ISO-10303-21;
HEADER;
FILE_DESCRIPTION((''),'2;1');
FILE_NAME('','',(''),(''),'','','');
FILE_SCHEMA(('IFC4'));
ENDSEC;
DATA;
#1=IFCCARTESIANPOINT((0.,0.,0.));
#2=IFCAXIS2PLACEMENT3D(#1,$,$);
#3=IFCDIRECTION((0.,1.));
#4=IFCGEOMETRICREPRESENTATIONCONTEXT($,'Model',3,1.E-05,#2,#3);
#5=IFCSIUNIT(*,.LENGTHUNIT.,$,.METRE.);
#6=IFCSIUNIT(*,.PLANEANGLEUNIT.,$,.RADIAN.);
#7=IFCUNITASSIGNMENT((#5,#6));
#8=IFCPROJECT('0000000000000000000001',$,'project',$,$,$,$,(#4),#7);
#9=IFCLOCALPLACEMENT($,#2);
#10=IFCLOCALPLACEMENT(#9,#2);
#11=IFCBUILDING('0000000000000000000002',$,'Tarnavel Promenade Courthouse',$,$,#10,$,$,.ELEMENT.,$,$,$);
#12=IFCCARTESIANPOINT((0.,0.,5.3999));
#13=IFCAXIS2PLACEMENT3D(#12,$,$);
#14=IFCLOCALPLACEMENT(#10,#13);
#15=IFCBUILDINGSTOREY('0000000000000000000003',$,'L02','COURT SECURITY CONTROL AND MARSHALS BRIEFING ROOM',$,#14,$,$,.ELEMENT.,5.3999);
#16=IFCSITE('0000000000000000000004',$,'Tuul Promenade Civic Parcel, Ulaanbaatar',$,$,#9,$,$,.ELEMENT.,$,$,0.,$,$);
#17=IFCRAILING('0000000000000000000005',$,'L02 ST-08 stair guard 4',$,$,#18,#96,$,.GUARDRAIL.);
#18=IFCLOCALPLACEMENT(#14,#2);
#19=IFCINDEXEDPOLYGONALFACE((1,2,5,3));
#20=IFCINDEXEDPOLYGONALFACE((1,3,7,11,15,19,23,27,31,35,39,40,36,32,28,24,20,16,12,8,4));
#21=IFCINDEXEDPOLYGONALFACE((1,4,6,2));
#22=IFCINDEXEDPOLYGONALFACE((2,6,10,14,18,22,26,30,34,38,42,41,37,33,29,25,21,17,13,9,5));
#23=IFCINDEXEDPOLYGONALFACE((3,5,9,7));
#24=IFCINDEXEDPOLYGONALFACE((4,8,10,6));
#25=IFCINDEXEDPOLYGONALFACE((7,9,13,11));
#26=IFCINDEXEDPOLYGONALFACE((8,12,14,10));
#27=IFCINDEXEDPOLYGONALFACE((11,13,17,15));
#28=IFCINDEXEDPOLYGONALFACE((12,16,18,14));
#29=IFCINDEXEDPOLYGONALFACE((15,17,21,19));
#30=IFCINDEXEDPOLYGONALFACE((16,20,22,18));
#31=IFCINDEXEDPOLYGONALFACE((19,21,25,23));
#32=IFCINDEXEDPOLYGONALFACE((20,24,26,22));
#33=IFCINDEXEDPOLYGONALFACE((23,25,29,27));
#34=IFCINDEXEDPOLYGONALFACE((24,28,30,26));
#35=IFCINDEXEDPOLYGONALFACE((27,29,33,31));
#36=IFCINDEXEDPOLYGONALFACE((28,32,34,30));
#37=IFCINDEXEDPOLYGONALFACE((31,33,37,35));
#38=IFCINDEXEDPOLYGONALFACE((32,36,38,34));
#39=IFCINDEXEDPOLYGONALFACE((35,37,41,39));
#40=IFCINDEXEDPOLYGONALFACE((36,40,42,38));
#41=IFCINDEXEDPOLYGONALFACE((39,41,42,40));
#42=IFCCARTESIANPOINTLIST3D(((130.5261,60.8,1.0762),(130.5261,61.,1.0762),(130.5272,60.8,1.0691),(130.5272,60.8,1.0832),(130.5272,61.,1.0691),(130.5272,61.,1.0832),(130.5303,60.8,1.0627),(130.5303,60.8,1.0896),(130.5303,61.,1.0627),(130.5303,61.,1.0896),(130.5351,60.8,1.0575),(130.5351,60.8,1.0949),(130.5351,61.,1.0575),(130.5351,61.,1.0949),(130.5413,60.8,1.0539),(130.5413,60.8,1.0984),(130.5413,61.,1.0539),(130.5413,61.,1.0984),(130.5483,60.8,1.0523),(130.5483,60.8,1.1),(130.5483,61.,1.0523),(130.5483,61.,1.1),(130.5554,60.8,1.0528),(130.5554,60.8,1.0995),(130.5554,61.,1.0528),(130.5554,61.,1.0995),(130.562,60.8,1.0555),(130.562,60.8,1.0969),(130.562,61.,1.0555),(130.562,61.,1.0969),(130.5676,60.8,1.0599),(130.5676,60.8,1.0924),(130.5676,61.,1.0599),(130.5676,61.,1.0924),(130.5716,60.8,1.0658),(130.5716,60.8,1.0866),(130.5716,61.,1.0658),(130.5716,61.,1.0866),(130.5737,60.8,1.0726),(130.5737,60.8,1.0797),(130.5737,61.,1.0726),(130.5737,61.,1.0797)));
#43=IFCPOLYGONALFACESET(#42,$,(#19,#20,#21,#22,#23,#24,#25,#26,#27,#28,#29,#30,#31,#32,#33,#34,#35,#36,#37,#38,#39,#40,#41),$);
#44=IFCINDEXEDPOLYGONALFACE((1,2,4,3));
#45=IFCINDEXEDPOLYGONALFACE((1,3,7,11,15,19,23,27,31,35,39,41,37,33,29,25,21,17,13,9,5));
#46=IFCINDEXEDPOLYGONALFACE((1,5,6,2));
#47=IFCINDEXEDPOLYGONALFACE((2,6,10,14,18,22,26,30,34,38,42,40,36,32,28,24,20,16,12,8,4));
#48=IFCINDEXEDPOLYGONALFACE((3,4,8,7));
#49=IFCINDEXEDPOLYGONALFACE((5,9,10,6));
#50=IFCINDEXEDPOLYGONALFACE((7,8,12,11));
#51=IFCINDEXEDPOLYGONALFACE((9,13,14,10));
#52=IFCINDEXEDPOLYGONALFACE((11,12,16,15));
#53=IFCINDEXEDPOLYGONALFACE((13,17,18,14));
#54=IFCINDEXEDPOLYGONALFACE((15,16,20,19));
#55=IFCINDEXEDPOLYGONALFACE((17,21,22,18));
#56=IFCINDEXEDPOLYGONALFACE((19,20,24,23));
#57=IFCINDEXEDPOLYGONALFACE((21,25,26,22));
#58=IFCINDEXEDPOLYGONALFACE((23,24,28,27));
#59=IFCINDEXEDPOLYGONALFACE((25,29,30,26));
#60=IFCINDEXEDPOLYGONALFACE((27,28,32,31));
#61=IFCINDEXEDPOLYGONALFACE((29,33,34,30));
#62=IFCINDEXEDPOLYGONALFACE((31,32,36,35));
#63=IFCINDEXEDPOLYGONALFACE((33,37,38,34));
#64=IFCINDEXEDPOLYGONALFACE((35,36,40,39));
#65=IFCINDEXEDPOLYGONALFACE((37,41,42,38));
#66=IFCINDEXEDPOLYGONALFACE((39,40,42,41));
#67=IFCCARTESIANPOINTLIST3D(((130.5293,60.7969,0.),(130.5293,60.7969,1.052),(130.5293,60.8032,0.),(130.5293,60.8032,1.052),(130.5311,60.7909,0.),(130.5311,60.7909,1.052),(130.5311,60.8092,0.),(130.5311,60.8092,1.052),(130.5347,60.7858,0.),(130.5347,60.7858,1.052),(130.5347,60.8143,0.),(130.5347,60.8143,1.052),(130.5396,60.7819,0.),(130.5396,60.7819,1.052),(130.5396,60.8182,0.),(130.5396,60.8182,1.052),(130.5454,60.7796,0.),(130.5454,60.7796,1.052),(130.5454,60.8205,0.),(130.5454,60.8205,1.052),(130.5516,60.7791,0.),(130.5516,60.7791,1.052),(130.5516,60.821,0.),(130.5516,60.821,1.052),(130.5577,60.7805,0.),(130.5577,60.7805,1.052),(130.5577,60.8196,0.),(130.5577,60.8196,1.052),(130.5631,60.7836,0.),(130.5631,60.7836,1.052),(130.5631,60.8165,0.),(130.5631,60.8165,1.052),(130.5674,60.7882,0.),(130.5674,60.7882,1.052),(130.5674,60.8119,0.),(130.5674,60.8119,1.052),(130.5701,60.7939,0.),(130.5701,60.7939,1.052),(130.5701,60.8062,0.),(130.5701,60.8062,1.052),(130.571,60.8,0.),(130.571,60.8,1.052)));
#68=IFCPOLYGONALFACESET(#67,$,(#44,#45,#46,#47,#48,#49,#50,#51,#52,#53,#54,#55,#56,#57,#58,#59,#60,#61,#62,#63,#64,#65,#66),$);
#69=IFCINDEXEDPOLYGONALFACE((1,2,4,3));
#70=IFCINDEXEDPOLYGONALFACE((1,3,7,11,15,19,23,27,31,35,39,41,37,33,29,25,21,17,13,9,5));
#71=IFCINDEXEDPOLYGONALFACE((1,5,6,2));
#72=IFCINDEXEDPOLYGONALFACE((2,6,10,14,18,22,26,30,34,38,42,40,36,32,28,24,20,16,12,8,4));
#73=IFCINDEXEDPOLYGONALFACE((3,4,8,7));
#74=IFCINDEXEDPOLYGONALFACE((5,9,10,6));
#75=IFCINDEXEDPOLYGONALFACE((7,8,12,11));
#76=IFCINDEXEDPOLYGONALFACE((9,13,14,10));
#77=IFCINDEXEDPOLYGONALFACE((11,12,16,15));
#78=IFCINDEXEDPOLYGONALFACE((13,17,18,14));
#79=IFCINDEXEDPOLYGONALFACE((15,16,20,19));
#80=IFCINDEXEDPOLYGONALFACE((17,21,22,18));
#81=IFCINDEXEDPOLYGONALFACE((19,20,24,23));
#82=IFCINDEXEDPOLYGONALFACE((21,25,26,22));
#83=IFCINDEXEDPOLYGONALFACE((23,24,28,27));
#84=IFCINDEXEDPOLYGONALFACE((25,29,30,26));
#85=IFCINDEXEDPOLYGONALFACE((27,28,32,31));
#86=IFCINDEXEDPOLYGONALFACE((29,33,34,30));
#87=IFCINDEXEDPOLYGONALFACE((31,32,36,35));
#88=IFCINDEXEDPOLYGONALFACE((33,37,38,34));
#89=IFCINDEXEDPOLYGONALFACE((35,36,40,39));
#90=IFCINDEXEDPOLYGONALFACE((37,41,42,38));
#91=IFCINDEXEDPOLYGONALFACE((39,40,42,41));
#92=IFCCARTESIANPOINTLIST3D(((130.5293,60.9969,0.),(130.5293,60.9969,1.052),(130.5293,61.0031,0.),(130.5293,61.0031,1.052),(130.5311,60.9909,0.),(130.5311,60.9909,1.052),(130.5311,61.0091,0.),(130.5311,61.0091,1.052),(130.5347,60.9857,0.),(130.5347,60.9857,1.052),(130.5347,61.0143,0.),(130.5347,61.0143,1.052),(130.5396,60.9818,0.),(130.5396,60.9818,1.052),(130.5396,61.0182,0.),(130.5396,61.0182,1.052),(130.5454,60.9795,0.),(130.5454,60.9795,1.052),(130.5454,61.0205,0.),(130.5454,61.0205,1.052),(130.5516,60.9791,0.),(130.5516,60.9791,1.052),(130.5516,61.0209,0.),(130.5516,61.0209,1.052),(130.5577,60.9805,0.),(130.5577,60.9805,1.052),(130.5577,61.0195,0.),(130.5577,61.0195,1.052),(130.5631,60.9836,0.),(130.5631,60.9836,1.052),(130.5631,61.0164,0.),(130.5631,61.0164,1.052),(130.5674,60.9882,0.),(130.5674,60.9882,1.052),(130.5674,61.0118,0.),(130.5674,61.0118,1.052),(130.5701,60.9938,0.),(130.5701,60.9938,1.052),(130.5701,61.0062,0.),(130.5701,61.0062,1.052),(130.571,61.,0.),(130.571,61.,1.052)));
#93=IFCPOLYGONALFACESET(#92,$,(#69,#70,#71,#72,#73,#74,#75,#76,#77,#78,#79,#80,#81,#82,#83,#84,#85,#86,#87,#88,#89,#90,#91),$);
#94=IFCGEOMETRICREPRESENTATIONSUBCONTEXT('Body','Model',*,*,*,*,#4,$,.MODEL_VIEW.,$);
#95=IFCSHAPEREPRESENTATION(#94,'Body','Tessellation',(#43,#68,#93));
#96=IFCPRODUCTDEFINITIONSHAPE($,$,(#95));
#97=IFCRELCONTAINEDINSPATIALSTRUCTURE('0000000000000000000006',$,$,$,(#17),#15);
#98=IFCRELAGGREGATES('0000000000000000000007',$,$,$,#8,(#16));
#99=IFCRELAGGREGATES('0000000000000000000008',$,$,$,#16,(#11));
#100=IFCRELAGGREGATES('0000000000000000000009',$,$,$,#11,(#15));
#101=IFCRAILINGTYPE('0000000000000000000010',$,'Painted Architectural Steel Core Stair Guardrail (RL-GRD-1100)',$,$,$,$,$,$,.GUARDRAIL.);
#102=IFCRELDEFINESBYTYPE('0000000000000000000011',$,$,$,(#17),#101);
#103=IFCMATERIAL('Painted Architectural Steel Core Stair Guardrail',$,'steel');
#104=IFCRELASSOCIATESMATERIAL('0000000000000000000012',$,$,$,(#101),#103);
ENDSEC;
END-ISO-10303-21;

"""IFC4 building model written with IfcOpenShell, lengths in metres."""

from ifc_helpers import new_model, si_unit, direction, frame, origin, origin_2d, place, context, subcontext, project, spatial, circle, extrude, material, type_object, element, save


model = new_model("IFC4")

# Units and contexts
model_context = context("Model", 3, precision=1e-05, world=origin(), true_north=direction((0.0, 1.0)))
body_context = subcontext(model_context, "Body", "Model", "MODEL_VIEW")
ifc_project = project(units=[si_unit("LENGTHUNIT", "METRE"), si_unit("PLANEANGLEUNIT", "RADIAN")], contexts=[model_context])

# Site, building, storey
site_placement = place(None, origin())
site = spatial("IfcSite", under=ifc_project, at=site_placement, Name="Tuul Promenade Civic Parcel, Ulaanbaatar", CompositionType="ELEMENT", RefElevation=0.0)
building_placement = place(site_placement, origin())
building = spatial("IfcBuilding", under=site, at=building_placement, Name="Tarnavel Promenade Courthouse", CompositionType="ELEMENT")
storey_placement = place(building_placement, frame((0.0, 0.0, 5.3999)))
storey = spatial("IfcBuildingStorey", under=building, at=storey_placement, Name="L02", Description="COURT SECURITY CONTROL AND MARSHALS BRIEFING ROOM", CompositionType="ELEMENT", Elevation=5.3999)

# Railing
ifc_material_1 = material(Name="Painted Architectural Steel Core Stair Guardrail", Category="steel")
railing_type_1 = type_object("IfcRailingType", Name="Painted Architectural Steel Core Stair Guardrail (RL-GRD-1100)", PredefinedType="GUARDRAIL", material=ifc_material_1)
railing_1_placement = place(storey_placement, frame((130.55, 60.8, 0.0)))
element("IfcRailing", 1, at=railing_1_placement, inside=storey, type_object=railing_type_1, Name="L02 ST-08 stair guard 4", PredefinedType="GUARDRAIL", context=body_context, shape_type="SweptSolid", body=[
    extrude(circle(Radius=0.0239, at=origin_2d()), frame((0.0, 0.0, 1.0762), z_axis=(0.0, 1.0, 0.0), x_axis=(-1.0, 0.0, 0.0)), (0.0, 0.0, 1.0), 0.2),
    extrude(circle(Radius=0.021, at=origin_2d()), origin(), (0.0, 0.0, 1.0), 1.052),
    extrude(circle(Radius=0.021, at=origin_2d()), frame((0.0, 0.2, 0.0)), (0.0, 0.0, 1.0), 1.052),
])

save(model, "model.ifc")
